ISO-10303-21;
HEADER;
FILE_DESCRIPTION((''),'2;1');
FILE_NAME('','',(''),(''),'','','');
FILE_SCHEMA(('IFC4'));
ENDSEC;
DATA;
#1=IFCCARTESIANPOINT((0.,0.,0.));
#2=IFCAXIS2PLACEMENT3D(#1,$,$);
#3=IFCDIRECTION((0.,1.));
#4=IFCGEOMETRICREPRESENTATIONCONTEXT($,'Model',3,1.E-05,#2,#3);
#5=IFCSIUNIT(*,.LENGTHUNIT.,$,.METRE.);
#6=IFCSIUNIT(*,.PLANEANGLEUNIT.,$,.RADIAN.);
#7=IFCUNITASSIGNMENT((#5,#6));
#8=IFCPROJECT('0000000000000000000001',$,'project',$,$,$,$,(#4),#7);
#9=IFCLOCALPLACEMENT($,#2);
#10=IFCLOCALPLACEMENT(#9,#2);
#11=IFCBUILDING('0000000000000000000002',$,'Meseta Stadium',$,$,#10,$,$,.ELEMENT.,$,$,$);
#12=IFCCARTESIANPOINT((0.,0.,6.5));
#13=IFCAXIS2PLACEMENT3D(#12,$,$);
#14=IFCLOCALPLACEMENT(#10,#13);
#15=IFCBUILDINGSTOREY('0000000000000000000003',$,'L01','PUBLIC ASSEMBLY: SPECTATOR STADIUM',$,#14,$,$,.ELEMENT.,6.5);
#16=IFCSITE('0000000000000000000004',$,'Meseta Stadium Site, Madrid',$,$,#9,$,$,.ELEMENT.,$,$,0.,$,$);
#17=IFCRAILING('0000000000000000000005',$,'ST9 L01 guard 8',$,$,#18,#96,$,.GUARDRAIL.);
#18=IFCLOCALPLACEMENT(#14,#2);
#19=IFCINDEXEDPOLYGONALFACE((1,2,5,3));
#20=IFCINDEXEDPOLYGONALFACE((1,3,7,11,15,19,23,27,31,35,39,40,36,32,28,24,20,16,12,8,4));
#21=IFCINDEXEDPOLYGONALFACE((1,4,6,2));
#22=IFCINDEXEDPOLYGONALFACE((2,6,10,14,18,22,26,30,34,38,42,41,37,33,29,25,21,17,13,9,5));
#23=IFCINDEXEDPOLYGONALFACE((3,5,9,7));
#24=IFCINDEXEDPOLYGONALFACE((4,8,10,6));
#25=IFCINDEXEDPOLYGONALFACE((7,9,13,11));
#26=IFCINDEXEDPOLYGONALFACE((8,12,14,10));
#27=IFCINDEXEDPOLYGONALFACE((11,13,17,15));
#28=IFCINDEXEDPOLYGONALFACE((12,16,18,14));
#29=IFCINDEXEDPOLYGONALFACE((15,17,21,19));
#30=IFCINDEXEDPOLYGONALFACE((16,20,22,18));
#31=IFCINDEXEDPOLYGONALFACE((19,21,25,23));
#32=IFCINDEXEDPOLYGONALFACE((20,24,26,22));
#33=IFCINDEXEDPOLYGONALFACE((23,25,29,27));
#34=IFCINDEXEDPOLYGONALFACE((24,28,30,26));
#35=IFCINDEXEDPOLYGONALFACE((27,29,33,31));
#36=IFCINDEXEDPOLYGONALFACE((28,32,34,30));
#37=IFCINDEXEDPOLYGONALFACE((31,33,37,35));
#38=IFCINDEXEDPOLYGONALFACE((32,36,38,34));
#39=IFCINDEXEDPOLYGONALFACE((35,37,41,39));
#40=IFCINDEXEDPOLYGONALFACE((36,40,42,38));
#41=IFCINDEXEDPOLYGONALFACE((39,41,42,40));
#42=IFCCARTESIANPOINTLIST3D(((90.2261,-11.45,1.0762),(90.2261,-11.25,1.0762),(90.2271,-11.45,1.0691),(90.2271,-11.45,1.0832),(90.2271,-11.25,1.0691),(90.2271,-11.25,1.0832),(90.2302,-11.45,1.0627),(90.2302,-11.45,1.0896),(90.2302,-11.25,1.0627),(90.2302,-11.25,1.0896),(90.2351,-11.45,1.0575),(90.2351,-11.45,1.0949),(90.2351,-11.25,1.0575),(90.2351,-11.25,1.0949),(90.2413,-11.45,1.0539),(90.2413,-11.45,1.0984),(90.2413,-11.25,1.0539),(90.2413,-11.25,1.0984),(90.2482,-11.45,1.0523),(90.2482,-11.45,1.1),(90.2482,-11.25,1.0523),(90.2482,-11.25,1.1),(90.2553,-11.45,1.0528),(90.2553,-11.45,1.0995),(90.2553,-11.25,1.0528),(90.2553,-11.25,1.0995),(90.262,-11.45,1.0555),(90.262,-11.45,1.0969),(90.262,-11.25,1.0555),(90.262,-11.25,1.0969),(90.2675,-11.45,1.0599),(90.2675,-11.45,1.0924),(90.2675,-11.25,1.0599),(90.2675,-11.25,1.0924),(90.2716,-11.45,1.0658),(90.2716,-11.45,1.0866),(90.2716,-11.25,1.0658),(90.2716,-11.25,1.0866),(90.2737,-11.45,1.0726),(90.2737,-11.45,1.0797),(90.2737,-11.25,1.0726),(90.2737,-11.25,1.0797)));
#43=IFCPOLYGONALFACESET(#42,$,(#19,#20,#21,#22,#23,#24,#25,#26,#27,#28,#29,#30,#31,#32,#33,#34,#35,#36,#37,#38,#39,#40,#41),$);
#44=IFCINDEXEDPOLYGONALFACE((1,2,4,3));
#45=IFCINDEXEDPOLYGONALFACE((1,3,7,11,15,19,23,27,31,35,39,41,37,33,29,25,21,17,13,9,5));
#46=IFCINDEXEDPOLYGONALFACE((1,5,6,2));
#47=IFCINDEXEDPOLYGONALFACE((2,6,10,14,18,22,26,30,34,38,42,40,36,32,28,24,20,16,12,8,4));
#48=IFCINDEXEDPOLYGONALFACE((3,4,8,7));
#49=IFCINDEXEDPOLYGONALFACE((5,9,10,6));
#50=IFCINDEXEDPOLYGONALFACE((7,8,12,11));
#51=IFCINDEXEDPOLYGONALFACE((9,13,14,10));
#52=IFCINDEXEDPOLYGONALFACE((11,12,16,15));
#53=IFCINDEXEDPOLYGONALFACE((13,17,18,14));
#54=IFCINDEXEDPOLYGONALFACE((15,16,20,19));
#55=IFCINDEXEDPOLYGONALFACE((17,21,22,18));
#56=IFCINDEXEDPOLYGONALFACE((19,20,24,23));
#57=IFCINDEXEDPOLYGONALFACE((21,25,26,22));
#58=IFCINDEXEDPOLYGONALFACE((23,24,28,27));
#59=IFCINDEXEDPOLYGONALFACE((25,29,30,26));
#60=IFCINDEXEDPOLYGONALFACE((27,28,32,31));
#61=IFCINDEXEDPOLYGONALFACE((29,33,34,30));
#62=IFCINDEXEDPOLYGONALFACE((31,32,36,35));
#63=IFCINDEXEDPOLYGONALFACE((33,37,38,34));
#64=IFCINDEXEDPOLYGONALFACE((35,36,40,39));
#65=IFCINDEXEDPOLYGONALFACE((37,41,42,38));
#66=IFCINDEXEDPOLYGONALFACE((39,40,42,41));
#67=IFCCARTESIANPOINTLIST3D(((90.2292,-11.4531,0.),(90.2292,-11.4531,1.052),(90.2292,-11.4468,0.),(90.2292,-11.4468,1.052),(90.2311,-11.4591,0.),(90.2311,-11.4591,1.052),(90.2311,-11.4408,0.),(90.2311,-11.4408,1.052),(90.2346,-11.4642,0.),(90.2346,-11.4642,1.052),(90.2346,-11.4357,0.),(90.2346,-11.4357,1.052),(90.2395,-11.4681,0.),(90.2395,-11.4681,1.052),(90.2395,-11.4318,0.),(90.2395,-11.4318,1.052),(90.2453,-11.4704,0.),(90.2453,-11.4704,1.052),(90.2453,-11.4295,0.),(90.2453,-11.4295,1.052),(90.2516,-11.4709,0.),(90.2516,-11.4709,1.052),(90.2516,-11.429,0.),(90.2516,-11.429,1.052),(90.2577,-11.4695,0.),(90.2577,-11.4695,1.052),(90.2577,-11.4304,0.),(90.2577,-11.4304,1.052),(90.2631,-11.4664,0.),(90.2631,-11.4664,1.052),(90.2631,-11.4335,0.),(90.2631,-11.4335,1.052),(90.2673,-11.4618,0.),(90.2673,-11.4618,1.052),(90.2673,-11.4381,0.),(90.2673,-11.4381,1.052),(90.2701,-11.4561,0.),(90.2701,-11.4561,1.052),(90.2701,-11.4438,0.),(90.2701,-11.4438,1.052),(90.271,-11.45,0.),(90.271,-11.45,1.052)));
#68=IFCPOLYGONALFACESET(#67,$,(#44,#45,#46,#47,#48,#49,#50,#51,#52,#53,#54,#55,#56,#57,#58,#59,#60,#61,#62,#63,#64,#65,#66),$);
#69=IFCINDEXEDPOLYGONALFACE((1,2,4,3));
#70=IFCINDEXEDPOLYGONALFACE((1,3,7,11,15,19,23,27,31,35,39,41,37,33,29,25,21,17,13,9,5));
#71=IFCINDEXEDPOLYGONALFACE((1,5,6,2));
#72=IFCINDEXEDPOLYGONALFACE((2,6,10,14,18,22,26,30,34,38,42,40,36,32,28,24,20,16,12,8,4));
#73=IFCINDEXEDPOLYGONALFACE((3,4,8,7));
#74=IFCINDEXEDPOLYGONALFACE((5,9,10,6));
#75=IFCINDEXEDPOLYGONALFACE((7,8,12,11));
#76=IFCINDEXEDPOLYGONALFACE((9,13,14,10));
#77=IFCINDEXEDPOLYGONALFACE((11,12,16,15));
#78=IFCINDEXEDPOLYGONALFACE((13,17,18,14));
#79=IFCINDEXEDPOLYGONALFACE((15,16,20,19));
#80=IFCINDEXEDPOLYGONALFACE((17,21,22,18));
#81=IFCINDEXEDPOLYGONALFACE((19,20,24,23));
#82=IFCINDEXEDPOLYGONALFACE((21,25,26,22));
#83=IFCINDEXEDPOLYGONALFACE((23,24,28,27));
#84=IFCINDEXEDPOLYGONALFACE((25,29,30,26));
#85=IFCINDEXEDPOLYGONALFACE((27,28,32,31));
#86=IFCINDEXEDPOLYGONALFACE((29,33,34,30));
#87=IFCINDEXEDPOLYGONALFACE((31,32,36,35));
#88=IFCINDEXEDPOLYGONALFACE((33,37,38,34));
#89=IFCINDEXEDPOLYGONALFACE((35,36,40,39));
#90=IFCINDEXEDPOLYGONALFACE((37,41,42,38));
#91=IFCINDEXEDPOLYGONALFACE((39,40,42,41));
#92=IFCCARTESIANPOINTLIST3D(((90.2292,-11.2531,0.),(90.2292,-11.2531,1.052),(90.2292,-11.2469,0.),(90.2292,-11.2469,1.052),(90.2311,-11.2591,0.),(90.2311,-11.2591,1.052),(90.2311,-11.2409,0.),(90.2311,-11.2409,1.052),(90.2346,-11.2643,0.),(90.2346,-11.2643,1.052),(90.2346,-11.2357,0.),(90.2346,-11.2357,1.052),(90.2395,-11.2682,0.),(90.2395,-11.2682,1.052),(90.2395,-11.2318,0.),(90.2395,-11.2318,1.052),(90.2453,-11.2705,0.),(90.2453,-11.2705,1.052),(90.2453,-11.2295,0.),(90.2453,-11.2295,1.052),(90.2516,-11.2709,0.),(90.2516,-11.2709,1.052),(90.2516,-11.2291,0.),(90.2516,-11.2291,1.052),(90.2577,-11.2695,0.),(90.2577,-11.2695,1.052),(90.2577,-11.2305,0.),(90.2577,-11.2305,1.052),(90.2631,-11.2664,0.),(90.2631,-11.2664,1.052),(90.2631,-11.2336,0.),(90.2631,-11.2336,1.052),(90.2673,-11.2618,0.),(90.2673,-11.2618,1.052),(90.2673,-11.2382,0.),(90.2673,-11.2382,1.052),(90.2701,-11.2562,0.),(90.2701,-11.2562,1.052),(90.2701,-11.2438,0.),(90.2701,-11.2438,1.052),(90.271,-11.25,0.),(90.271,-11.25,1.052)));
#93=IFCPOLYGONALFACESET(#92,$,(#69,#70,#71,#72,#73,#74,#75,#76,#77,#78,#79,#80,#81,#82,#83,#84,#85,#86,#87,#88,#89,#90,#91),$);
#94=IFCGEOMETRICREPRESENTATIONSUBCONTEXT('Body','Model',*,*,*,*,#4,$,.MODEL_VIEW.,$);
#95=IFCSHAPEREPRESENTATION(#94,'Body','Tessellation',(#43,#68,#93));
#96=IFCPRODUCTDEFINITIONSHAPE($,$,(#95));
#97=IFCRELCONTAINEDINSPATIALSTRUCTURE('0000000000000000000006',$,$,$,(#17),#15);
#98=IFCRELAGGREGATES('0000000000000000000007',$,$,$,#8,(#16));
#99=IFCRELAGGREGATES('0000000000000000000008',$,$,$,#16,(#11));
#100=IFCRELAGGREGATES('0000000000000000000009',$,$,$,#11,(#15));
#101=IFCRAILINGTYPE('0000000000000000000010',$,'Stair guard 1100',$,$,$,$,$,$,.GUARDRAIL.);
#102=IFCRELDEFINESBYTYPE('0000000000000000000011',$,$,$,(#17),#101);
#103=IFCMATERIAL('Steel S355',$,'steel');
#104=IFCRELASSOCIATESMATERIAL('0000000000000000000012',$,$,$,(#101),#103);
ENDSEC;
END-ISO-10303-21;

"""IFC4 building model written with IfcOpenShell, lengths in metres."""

from ifc_helpers import new_model, si_unit, direction, frame, origin, origin_2d, place, context, subcontext, project, spatial, circle, extrude, material, type_object, element, save


model = new_model("IFC4")

# Units and contexts
model_context = context("Model", 3, precision=1e-05, world=origin(), true_north=direction((0.0, 1.0)))
body_context = subcontext(model_context, "Body", "Model", "MODEL_VIEW")
ifc_project = project(units=[si_unit("LENGTHUNIT", "METRE"), si_unit("PLANEANGLEUNIT", "RADIAN")], contexts=[model_context])

# Site, building, storey
site_placement = place(None, origin())
site = spatial("IfcSite", under=ifc_project, at=site_placement, Name="Meseta Stadium Site, Madrid", CompositionType="ELEMENT", RefElevation=0.0)
building_placement = place(site_placement, origin())
building = spatial("IfcBuilding", under=site, at=building_placement, Name="Meseta Stadium", CompositionType="ELEMENT")
storey_placement = place(building_placement, frame((0.0, 0.0, 6.5)))
storey = spatial("IfcBuildingStorey", under=building, at=storey_placement, Name="L01", Description="PUBLIC ASSEMBLY: SPECTATOR STADIUM", CompositionType="ELEMENT", Elevation=6.5)

# Railing
ifc_material_1 = material(Name="Steel S355", Category="steel")
railing_type_1 = type_object("IfcRailingType", Name="Stair guard 1100", PredefinedType="GUARDRAIL", material=ifc_material_1)
railing_1_placement = place(storey_placement, frame((90.25, -11.45, 0.0)))
element("IfcRailing", 1, at=railing_1_placement, inside=storey, type_object=railing_type_1, Name="ST9 L01 guard 8", PredefinedType="GUARDRAIL", context=body_context, shape_type="SweptSolid", body=[
    extrude(circle(Radius=0.0239, at=origin_2d()), frame((0.0, 0.0, 1.0762), z_axis=(0.0, 1.0, 0.0), x_axis=(-1.0, 0.0, 0.0)), (0.0, 0.0, 1.0), 0.2),
    extrude(circle(Radius=0.021, at=origin_2d()), origin(), (0.0, 0.0, 1.0), 1.052),
    extrude(circle(Radius=0.021, at=origin_2d()), frame((0.0, 0.2, 0.0)), (0.0, 0.0, 1.0), 1.052),
])

save(model, "model.ifc")
